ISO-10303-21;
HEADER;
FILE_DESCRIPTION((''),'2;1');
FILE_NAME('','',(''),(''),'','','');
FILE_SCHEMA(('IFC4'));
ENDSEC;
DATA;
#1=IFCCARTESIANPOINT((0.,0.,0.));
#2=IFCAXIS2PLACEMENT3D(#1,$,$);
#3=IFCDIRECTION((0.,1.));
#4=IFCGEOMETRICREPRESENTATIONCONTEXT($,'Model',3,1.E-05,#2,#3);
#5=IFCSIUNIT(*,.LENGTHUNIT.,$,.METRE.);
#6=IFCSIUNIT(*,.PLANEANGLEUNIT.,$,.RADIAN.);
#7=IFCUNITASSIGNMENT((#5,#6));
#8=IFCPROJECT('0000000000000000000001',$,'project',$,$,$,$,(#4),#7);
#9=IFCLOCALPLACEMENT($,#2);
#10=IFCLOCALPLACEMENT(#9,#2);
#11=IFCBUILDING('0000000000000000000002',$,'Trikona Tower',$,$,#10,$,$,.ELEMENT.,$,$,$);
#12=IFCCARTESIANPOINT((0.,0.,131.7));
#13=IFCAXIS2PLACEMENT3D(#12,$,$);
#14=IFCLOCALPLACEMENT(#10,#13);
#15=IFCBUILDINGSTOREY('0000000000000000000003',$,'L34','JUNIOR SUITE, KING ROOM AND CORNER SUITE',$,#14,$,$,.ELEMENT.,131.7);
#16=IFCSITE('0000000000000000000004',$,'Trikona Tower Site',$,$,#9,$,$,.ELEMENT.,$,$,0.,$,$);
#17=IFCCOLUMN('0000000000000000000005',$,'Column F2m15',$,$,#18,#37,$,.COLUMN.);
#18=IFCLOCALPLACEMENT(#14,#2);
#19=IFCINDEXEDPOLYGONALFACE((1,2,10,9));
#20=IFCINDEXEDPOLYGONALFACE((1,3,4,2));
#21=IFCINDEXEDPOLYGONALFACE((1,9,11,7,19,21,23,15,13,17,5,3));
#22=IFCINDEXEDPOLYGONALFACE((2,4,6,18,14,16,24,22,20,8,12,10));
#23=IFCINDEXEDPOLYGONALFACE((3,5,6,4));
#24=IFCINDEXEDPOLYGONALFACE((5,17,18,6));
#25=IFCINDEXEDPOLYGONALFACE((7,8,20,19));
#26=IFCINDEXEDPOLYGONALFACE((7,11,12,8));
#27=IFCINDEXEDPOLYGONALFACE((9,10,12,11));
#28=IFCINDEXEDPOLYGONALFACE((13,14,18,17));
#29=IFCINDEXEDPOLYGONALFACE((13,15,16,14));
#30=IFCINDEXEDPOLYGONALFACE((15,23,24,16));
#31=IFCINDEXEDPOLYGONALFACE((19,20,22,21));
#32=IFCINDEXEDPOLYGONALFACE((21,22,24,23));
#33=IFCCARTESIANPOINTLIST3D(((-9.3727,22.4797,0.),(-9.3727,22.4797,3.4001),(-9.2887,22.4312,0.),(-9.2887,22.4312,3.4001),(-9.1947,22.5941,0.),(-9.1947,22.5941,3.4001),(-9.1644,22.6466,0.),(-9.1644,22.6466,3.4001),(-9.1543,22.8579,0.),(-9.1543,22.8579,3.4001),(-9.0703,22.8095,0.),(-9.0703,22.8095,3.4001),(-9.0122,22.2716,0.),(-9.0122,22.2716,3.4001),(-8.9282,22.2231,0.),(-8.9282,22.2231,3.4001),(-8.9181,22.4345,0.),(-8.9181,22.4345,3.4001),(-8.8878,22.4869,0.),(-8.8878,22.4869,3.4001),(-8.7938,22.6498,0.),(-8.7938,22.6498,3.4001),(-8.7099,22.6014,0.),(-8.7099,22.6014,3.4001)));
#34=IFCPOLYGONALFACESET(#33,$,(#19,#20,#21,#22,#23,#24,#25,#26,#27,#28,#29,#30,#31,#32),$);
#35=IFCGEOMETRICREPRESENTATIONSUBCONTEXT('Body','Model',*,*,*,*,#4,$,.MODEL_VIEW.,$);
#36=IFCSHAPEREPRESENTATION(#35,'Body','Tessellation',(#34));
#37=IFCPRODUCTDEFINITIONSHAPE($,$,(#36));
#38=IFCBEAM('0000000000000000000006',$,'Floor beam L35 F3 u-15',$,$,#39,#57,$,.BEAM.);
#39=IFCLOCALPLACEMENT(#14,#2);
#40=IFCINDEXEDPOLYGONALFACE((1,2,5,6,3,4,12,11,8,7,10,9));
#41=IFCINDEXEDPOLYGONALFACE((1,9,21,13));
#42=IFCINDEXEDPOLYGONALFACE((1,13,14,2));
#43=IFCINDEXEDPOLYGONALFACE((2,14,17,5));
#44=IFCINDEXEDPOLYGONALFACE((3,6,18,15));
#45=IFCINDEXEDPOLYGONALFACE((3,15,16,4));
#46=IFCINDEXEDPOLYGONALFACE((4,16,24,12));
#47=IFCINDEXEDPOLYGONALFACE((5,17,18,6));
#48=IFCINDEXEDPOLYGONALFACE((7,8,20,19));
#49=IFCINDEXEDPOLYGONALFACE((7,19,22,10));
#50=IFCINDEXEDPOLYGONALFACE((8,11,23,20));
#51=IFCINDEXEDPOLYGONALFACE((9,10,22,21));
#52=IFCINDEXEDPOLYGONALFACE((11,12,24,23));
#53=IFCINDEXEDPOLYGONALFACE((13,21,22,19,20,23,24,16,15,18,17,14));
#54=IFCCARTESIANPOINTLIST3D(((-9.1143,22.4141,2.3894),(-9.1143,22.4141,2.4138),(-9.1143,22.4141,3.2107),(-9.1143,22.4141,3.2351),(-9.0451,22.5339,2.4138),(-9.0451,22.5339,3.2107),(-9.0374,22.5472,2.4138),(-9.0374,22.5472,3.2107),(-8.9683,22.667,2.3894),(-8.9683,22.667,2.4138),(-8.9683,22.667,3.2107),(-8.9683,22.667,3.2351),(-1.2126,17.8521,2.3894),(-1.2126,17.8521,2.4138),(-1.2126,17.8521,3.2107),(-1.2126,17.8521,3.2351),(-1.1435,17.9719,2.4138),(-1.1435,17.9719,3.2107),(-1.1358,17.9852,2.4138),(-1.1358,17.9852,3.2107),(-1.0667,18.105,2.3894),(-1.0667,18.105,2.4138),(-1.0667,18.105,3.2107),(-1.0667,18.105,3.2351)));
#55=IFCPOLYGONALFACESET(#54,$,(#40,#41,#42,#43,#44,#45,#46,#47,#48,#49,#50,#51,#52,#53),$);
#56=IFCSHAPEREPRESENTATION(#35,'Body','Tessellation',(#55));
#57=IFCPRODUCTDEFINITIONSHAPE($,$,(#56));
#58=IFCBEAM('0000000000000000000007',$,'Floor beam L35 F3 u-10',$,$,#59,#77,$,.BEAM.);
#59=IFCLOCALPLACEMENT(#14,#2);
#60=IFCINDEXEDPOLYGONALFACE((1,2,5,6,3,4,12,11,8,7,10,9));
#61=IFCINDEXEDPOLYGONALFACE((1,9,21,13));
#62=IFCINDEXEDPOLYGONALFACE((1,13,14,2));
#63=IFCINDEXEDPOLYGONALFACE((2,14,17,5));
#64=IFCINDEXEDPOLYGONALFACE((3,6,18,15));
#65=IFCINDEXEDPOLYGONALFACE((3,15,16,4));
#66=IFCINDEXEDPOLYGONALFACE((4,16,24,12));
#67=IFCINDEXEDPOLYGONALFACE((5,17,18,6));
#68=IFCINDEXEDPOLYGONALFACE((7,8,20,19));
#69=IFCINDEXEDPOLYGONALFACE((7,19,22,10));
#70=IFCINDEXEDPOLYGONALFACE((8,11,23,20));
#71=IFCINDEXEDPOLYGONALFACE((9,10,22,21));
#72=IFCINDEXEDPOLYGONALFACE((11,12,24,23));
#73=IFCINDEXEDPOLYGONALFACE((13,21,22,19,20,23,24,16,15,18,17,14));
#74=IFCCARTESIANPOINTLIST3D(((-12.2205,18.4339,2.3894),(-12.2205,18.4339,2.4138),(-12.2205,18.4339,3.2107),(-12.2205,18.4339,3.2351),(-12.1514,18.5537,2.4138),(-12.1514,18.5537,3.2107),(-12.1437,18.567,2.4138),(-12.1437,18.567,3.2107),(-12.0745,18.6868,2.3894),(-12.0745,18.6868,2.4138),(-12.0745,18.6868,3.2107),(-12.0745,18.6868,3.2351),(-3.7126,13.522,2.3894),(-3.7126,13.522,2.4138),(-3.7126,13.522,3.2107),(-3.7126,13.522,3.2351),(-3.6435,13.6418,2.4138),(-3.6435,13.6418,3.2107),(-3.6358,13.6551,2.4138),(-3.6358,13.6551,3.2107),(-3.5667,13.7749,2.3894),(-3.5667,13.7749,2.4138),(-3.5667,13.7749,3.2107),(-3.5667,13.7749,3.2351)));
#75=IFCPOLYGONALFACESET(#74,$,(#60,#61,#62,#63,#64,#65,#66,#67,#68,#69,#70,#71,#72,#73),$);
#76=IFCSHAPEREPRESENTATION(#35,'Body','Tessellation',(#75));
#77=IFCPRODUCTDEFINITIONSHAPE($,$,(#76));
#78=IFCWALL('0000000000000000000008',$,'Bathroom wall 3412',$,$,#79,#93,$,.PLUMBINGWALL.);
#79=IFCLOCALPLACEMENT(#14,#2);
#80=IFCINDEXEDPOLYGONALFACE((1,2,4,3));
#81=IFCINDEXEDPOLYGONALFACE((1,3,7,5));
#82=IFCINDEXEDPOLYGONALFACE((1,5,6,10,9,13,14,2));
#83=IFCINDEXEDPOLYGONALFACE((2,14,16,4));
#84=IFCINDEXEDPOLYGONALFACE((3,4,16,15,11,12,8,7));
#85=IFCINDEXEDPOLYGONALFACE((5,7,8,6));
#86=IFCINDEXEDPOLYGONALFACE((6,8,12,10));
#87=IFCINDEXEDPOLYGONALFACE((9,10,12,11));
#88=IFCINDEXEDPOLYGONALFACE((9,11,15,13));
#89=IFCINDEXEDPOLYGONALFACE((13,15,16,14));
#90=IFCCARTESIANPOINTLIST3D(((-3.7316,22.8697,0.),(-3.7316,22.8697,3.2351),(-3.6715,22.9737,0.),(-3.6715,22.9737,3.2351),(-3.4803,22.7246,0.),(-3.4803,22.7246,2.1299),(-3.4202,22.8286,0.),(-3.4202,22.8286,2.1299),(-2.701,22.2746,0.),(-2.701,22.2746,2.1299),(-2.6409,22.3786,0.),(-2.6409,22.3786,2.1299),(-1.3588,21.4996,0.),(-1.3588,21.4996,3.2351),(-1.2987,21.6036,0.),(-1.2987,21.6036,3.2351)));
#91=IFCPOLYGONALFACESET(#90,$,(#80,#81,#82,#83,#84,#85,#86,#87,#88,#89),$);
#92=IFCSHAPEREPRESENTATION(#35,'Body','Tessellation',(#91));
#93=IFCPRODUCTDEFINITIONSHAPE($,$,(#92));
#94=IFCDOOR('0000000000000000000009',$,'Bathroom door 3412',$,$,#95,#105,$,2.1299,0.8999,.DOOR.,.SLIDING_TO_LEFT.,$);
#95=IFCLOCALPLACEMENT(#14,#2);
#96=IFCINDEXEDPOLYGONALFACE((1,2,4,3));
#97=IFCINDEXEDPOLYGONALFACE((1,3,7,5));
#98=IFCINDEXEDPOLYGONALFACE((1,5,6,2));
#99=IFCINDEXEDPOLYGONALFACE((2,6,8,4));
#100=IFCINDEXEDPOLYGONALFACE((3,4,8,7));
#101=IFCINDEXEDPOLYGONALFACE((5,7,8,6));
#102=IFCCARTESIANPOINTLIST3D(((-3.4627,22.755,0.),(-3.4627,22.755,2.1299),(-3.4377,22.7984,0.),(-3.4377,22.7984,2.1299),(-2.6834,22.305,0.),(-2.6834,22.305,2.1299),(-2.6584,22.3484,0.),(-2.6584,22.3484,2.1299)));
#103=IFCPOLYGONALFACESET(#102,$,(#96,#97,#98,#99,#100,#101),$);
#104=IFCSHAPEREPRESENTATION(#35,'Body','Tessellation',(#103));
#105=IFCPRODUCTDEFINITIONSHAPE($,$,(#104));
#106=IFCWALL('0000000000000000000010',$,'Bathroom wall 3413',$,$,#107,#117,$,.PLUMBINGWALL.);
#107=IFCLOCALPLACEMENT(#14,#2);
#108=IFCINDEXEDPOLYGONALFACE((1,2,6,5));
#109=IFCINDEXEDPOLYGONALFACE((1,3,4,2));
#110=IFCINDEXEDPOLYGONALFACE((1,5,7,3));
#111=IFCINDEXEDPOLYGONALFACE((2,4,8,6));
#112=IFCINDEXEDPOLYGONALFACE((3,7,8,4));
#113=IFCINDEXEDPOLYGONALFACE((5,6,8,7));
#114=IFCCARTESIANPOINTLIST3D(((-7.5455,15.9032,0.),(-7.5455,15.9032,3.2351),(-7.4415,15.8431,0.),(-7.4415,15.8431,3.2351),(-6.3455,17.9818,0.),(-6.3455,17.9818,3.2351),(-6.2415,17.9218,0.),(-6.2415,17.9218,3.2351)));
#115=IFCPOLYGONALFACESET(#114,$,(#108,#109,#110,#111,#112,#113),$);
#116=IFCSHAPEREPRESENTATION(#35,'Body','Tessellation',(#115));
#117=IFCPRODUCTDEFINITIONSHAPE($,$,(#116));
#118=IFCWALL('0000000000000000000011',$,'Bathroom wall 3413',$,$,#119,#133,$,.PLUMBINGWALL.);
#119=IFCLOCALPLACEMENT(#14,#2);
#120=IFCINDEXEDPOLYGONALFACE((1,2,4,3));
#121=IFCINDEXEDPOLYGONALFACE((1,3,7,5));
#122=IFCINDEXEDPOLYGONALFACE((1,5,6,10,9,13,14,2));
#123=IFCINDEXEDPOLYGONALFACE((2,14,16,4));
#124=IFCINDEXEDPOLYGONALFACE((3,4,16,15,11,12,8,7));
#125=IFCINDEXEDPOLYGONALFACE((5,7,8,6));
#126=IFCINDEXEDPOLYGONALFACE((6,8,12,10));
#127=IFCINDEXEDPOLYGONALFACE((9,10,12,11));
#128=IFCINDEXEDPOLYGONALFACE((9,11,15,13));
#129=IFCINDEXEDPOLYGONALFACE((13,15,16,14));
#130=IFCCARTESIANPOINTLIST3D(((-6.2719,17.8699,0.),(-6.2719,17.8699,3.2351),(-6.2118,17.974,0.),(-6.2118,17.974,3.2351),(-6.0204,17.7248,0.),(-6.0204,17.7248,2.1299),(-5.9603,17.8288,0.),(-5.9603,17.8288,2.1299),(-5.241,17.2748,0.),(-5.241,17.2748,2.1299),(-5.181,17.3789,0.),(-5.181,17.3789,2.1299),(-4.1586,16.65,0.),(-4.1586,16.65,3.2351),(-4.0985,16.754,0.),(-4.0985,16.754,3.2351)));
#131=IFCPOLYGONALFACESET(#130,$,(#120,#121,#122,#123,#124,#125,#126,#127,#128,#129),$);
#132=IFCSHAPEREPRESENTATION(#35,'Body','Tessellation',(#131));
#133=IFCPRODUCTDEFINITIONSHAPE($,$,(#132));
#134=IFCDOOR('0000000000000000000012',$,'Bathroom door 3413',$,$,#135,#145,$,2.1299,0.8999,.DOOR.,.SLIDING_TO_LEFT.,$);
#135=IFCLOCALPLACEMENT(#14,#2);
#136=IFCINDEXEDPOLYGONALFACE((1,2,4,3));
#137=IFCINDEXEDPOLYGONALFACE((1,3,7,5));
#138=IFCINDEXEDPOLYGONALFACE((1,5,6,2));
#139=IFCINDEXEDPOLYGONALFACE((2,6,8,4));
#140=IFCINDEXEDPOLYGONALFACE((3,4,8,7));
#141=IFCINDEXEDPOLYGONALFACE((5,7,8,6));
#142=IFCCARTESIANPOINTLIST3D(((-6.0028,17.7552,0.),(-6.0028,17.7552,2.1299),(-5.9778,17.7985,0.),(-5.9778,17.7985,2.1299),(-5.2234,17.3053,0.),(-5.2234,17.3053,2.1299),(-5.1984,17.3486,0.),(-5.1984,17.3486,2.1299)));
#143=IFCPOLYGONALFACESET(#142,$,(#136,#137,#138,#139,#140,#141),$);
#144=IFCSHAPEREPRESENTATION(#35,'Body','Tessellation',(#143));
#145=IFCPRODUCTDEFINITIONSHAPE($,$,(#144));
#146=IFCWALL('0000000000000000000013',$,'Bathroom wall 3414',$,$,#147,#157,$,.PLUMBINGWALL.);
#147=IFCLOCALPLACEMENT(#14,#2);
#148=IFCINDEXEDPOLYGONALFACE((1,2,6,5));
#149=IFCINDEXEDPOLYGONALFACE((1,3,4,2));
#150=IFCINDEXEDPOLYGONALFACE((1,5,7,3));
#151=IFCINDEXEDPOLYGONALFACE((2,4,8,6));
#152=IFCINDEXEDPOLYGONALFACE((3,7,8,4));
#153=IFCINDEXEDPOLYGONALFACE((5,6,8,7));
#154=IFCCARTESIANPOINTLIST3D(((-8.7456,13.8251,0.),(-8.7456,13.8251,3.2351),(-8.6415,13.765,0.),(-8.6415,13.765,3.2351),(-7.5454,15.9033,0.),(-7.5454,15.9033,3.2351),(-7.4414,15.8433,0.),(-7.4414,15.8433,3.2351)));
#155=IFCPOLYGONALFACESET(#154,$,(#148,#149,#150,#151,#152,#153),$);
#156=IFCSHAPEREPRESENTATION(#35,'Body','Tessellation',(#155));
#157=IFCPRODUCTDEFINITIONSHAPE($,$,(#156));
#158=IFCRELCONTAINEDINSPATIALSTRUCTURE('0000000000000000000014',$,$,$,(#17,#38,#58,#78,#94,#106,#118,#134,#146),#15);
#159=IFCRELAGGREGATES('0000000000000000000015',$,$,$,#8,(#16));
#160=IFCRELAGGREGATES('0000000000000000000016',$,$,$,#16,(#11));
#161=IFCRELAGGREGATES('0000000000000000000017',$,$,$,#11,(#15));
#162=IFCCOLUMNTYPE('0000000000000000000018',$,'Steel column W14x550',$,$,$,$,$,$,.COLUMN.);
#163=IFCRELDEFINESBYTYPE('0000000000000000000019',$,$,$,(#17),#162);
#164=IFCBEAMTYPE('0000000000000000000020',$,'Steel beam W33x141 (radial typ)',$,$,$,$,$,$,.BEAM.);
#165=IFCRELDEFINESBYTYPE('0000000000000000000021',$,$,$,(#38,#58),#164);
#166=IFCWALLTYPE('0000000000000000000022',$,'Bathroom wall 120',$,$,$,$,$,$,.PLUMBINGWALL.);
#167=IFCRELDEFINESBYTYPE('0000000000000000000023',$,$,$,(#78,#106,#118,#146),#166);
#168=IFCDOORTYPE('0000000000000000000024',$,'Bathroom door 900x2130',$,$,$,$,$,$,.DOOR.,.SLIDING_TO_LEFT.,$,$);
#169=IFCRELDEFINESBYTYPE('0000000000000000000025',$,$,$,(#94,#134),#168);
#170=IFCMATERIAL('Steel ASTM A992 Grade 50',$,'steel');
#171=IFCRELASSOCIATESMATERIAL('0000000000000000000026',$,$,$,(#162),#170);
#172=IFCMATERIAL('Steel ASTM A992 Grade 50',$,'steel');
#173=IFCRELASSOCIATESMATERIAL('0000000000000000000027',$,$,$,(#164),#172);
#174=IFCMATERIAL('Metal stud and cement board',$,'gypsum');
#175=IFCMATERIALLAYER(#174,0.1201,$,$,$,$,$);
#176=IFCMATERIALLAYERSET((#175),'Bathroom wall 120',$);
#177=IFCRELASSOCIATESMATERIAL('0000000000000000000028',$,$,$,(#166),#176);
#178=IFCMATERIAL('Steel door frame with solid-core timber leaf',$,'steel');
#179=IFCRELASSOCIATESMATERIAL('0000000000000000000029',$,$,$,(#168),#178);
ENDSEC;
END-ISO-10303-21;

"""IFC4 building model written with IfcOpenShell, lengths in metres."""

from ifc_helpers import new_model, si_unit, direction, frame, frame_2d, origin, origin_2d, place, context, subcontext, project, spatial, rectangle, i_section, extrude, material, layer, layer_set, material_profile, profile_set, type_object, element, fill, save


model = new_model("IFC4")

# Units and contexts
model_context = context("Model", 3, precision=1e-05, world=origin(), true_north=direction((0.0, 1.0)))
body_context = subcontext(model_context, "Body", "Model", "MODEL_VIEW")
ifc_project = project(units=[si_unit("LENGTHUNIT", "METRE"), si_unit("PLANEANGLEUNIT", "RADIAN")], contexts=[model_context])

# Site, building, storey
site_placement = place(None, origin())
site = spatial("IfcSite", under=ifc_project, at=site_placement, Name="Trikona Tower Site", CompositionType="ELEMENT", RefElevation=0.0)
building_placement = place(site_placement, origin())
building = spatial("IfcBuilding", under=site, at=building_placement, Name="Trikona Tower", CompositionType="ELEMENT")
storey_placement = place(building_placement, frame((0.0, 0.0, 131.7)))
storey = spatial("IfcBuildingStorey", under=building, at=storey_placement, Name="L34", Description="JUNIOR SUITE, KING ROOM AND CORNER SUITE", CompositionType="ELEMENT", Elevation=131.7)

# Column
ifc_material_1 = material(Name="Steel ASTM A992 Grade 50", Category="steel")
ifc_material_profile_1 = material_profile(ifc_material_1, i_section(OverallWidth=0.4368, OverallDepth=0.5132, WebThickness=0.0605, FlangeThickness=0.0969, at=origin_2d()), Name="W14X550")
ifc_profile_set_1 = profile_set([ifc_material_profile_1], Name="Steel ASTM A992 Grade 50")
column_type = type_object("IfcColumnType", Name="Steel column W14x550", PredefinedType="COLUMN", material=ifc_profile_set_1)
column_placement = place(storey_placement, frame((-9.0413, 22.5405, 0.0), z_axis=(0.0, 0.0, 1.0), x_axis=(-0.5, -0.866025, 0.0)))
element("IfcColumn", 1, at=column_placement, inside=storey, type_object=column_type, Name="Column F2m15", PredefinedType="COLUMN", context=body_context, shape_type="SweptSolid", body=[
    extrude(i_section(OverallWidth=0.4368, OverallDepth=0.5132, WebThickness=0.0605, FlangeThickness=0.0969, at=origin_2d()), origin(), (0.0, 0.0, 1.0), 3.4001),
])

# Beams
ifc_material_2 = material(Name="Steel ASTM A992 Grade 50", Category="steel")
ifc_material_profile_2 = material_profile(ifc_material_2, i_section(OverallWidth=0.292, OverallDepth=0.8457, WebThickness=0.0154, FlangeThickness=0.0244, at=origin_2d()), Name="W33X141")
ifc_profile_set_2 = profile_set([ifc_material_profile_2], Name="Steel ASTM A992 Grade 50")
beam_type = type_object("IfcBeamType", Name="Steel beam W33x141 (radial typ)", PredefinedType="BEAM", material=ifc_profile_set_2)
beam_1_placement = place(storey_placement, frame((-1.1396, 17.9785, 2.8123), z_axis=(-0.866025, 0.500001, 0.0), x_axis=(-0.500001, -0.866025, 0.0)))
element("IfcBeam", 2, at=beam_1_placement, inside=storey, type_object=beam_type, Name="Floor beam L35 F3 u-15", PredefinedType="BEAM", context=body_context, shape_type="SweptSolid", body=[
    extrude(i_section(OverallWidth=0.292, OverallDepth=0.8457, WebThickness=0.0154, FlangeThickness=0.0244, at=origin_2d()), origin(), (0.0, 0.0, 1.0), 9.124),
])
beam_2_placement = place(storey_placement, frame((-3.6396, 13.6484, 2.8123), z_axis=(-0.866031, 0.499991, 0.0), x_axis=(-0.499991, -0.866031, 0.0)))
element("IfcBeam", 3, at=beam_2_placement, inside=storey, type_object=beam_type, Name="Floor beam L35 F3 u-10", PredefinedType="BEAM", context=body_context, shape_type="SweptSolid", body=[
    extrude(i_section(OverallWidth=0.292, OverallDepth=0.8457, WebThickness=0.0154, FlangeThickness=0.0244, at=origin_2d()), origin(), (0.0, 0.0, 1.0), 9.824),
])

# Wall, opening, door
ifc_material_3 = material(Name="Metal stud and cement board", Category="gypsum")
ifc_layer_1 = layer(ifc_material_3, 0.1201)
ifc_layer_set_1 = layer_set([ifc_layer_1], Name="Bathroom wall 120")
wall_type_1 = type_object("IfcWallType", Name="Bathroom wall 120", PredefinedType="PLUMBINGWALL", material=ifc_layer_set_1)
wall_1_placement = place(storey_placement, frame((-1.3286, 21.5515, 0.0), z_axis=(0.0, 0.0, 1.0), x_axis=(-0.865997, 0.500049, 0.0)))
wall_1 = element("IfcWall", 4, at=wall_1_placement, inside=storey, type_object=wall_type_1, Name="Bathroom wall 3412", PredefinedType="PLUMBINGWALL", context=body_context, shape_type="SweptSolid", body=[
    extrude(rectangle(XDim=2.74, YDim=0.1201, at=frame_2d((1.3701, 0.0))), origin(), (0.0, 0.0, 1.0), 3.2351),
])
opening_1_placement = place(wall_1_placement, frame((1.55, 0.0, 0.0)))
opening_1 = element("IfcOpeningElement", 5, at=opening_1_placement, cuts=wall_1, PredefinedType="OPENING", context=body_context, shape_type="SweptSolid", body=[
    extrude(rectangle(XDim=0.8999, YDim=2.1299, at=frame_2d((0.45, 1.0649))), frame((0.0, 0.0701, 0.0), z_axis=(0.0, -1.0, 0.0), x_axis=(1.0, 0.0, 0.0)), (0.0, 0.0, 1.0), 0.1401),
])
ifc_material_4 = material(Name="Steel door frame with solid-core timber leaf", Category="steel")
door_type_1 = type_object("IfcDoorType", Name="Bathroom door 900x2130", OperationType="SLIDING_TO_LEFT", PredefinedType="DOOR", material=ifc_material_4)
door_1_placement = place(opening_1_placement, origin())
door_1 = element("IfcDoor", 6, at=door_1_placement, inside=storey, type_object=door_type_1, Name="Bathroom door 3412", OperationType="SLIDING_TO_LEFT", OverallHeight=2.1299, OverallWidth=0.8999, PredefinedType="DOOR", context=body_context, shape_type="SweptSolid", body=[
    extrude(rectangle(XDim=0.8999, YDim=2.1299, at=frame_2d((0.45, 1.0649))), frame((0.0, 0.0249, 0.0), z_axis=(0.0, -1.0, 0.0), x_axis=(1.0, 0.0, 0.0)), (0.0, 0.0, 1.0), 0.05),
])
fill(opening_1, door_1)

# Wall
wall_2_placement = place(storey_placement, frame((-6.2935, 17.9519, 0.0), z_axis=(0.0, 0.0, 1.0), x_axis=(-0.499957, -0.86605, 0.0)))
element("IfcWall", 7, at=wall_2_placement, inside=storey, type_object=wall_type_1, Name="Bathroom wall 3413", PredefinedType="PLUMBINGWALL", context=body_context, shape_type="SweptSolid", body=[
    extrude(rectangle(XDim=2.4001, YDim=0.1201, at=frame_2d((1.2002, 0.0))), origin(), (0.0, 0.0, 1.0), 3.2351),
])

# Wall, opening, door
wall_3_placement = place(storey_placement, frame((-4.1284, 16.7019, 0.0), z_axis=(0.0, 0.0, 1.0), x_axis=(-0.866049, 0.499959, 0.0)))
wall_3 = element("IfcWall", 8, at=wall_3_placement, inside=storey, type_object=wall_type_1, Name="Bathroom wall 3413", PredefinedType="PLUMBINGWALL", context=body_context, shape_type="SweptSolid", body=[
    extrude(rectangle(XDim=2.4402, YDim=0.1201, at=frame_2d((1.2202, 0.0))), origin(), (0.0, 0.0, 1.0), 3.2351),
])
opening_2_placement = place(wall_3_placement, frame((1.25, 0.0, 0.0)))
opening_2 = element("IfcOpeningElement", 9, at=opening_2_placement, cuts=wall_3, PredefinedType="OPENING", context=body_context, shape_type="SweptSolid", body=[
    extrude(rectangle(XDim=0.8999, YDim=2.1299, at=frame_2d((0.45, 1.0649))), frame((0.0, 0.0701, 0.0), z_axis=(0.0, -1.0, 0.0), x_axis=(1.0, 0.0, 0.0)), (0.0, 0.0, 1.0), 0.1401),
])
door_2_placement = place(opening_2_placement, origin())
door_2 = element("IfcDoor", 10, at=door_2_placement, inside=storey, type_object=door_type_1, Name="Bathroom door 3413", OperationType="SLIDING_TO_LEFT", OverallHeight=2.1299, OverallWidth=0.8999, PredefinedType="DOOR", context=body_context, shape_type="SweptSolid", body=[
    extrude(rectangle(XDim=0.8999, YDim=2.1299, at=frame_2d((0.45, 1.0649))), frame((0.0, 0.0249, 0.0), z_axis=(0.0, -1.0, 0.0), x_axis=(1.0, 0.0, 0.0)), (0.0, 0.0, 1.0), 0.05),
])
fill(opening_2, door_2)

# Wall
wall_4_placement = place(storey_placement, frame((-7.4934, 15.8733, 0.0), z_axis=(0.0, 0.0, 1.0), x_axis=(-0.500078, -0.865981, 0.0)))
element("IfcWall", 11, at=wall_4_placement, inside=storey, type_object=wall_type_1, Name="Bathroom wall 3414", PredefinedType="PLUMBINGWALL", context=body_context, shape_type="SweptSolid", body=[
    extrude(rectangle(XDim=2.3999, YDim=0.1201, at=frame_2d((1.2, 0.0))), origin(), (0.0, 0.0, 1.0), 3.2351),
])

save(model, "model.ifc")
